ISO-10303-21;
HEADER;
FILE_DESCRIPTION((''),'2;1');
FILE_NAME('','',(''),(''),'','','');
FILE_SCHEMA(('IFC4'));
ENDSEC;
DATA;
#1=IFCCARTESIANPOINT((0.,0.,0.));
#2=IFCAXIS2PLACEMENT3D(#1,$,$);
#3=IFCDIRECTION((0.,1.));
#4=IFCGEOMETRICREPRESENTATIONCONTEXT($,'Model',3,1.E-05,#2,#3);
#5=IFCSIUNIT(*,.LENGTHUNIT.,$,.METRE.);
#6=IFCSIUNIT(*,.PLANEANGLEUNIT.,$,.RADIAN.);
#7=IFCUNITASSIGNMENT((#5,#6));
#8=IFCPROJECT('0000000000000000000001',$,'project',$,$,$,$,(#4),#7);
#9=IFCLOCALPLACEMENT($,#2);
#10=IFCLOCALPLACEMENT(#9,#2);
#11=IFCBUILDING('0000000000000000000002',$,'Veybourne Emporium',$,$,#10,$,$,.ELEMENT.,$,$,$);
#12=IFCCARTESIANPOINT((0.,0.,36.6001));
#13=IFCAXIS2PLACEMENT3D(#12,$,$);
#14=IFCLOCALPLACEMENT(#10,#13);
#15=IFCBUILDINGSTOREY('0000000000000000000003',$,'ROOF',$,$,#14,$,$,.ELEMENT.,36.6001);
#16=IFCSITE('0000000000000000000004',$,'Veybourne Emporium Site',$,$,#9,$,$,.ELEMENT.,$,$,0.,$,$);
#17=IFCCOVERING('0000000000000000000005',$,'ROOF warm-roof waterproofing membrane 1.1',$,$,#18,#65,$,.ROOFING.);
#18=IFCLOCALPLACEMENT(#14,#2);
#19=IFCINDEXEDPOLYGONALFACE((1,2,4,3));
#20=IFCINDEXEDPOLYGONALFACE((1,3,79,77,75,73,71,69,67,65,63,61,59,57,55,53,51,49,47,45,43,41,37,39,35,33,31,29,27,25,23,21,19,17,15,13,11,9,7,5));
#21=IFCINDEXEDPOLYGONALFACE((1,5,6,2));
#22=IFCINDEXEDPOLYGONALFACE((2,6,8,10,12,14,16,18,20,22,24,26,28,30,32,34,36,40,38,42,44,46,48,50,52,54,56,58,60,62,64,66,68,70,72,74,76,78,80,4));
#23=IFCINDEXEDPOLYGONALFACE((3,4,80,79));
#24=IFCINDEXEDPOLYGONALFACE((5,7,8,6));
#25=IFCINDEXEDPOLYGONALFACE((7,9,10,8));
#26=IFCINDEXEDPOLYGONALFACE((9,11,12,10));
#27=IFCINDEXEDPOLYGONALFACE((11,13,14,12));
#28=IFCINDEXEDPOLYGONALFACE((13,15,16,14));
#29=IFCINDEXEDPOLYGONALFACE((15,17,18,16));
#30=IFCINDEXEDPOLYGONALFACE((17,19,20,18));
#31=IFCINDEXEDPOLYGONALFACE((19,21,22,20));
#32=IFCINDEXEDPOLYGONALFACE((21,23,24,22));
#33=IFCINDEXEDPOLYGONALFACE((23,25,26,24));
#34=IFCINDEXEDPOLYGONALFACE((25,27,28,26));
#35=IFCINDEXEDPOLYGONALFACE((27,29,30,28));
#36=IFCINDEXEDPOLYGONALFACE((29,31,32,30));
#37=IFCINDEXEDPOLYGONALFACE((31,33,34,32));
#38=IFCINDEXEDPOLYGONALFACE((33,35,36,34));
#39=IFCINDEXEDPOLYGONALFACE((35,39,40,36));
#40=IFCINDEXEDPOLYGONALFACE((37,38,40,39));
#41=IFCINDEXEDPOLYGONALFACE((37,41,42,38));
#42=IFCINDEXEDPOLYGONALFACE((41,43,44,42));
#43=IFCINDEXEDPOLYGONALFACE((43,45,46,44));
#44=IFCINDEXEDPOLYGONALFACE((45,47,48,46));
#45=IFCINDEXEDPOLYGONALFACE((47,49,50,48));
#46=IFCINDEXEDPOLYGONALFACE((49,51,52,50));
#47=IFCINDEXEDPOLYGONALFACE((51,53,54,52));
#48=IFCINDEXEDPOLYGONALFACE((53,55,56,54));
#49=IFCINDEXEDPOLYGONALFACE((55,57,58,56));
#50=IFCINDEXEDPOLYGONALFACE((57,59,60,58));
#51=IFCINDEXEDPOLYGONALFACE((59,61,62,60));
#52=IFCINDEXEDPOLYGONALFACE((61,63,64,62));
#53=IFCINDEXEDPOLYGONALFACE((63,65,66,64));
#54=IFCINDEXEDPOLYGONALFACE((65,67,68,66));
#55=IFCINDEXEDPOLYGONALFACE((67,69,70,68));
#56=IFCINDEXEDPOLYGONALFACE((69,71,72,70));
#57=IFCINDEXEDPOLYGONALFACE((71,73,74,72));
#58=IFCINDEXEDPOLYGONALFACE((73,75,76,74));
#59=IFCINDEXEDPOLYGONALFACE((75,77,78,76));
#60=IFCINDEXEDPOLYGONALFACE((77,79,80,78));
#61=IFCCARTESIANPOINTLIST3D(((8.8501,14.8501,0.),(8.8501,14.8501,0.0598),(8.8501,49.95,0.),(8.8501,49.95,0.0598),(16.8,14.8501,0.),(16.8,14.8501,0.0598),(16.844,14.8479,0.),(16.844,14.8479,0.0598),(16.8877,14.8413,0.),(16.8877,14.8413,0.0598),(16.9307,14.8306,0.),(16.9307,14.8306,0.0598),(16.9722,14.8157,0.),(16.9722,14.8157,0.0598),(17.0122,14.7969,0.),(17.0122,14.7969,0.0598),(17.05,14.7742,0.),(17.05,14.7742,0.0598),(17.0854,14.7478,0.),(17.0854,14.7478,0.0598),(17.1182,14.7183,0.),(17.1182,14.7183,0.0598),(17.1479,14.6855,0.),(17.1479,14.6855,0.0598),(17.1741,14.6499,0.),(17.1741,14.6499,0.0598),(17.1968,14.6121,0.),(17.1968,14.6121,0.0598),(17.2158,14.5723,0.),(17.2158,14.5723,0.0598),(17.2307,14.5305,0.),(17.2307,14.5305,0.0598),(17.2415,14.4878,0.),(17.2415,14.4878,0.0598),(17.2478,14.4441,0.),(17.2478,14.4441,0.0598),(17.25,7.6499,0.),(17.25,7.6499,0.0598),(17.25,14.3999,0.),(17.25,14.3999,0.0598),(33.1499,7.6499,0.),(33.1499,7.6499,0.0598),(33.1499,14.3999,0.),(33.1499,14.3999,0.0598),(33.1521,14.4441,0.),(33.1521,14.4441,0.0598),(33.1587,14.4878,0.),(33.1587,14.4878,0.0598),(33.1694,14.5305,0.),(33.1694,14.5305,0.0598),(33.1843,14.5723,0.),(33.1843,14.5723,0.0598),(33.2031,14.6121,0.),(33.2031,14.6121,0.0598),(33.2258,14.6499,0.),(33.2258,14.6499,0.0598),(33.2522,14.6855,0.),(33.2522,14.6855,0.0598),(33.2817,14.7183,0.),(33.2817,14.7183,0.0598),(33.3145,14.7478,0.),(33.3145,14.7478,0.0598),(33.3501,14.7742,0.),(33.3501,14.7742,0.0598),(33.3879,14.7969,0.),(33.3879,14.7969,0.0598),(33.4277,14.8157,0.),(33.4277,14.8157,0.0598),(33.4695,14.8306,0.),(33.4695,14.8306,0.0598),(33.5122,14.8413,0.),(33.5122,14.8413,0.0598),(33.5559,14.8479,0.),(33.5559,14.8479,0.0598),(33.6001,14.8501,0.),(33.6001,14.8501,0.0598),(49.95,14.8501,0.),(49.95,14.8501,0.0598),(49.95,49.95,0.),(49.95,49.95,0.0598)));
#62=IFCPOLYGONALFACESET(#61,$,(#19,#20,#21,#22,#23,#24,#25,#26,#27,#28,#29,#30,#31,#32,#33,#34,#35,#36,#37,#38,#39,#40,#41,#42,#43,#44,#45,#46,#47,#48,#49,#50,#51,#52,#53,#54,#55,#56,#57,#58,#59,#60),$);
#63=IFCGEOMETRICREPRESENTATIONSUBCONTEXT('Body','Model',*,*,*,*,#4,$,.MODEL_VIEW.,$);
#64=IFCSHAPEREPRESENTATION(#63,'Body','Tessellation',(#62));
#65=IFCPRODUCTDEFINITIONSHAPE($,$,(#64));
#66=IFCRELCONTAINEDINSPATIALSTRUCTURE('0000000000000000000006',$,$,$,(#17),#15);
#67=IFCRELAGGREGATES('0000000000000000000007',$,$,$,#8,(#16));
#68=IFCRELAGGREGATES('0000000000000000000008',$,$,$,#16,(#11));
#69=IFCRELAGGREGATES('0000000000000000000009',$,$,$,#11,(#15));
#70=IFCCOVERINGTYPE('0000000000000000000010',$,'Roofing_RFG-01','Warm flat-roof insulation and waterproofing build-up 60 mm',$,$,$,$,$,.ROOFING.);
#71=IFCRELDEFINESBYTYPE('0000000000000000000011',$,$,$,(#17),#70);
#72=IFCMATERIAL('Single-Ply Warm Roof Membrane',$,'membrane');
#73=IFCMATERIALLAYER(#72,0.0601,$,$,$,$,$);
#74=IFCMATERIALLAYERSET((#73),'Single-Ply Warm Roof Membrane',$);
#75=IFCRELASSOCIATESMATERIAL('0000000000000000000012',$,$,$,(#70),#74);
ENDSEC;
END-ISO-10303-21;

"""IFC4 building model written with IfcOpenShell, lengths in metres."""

from ifc_helpers import new_model, si_unit, direction, frame, origin, place, context, subcontext, project, spatial, polyline, outline, extrude, material, layer, layer_set, type_object, element, save


model = new_model("IFC4")

# Units and contexts
model_context = context("Model", 3, precision=1e-05, world=origin(), true_north=direction((0.0, 1.0)))
body_context = subcontext(model_context, "Body", "Model", "MODEL_VIEW")
ifc_project = project(units=[si_unit("LENGTHUNIT", "METRE"), si_unit("PLANEANGLEUNIT", "RADIAN")], contexts=[model_context])

# Site, building, storey
site_placement = place(None, origin())
site = spatial("IfcSite", under=ifc_project, at=site_placement, Name="Veybourne Emporium Site", CompositionType="ELEMENT", RefElevation=0.0)
building_placement = place(site_placement, origin())
building = spatial("IfcBuilding", under=site, at=building_placement, Name="Veybourne Emporium", CompositionType="ELEMENT")
storey_placement = place(building_placement, frame((0.0, 0.0, 36.6001)))
storey = spatial("IfcBuildingStorey", under=building, at=storey_placement, Name="ROOF", CompositionType="ELEMENT", Elevation=36.6001)

# Covering
ifc_material_1 = material(Name="Single-Ply Warm Roof Membrane", Category="membrane")
ifc_layer_1 = layer(ifc_material_1, 0.0601)
ifc_layer_set_1 = layer_set([ifc_layer_1], Name="Single-Ply Warm Roof Membrane")
covering_type = type_object("IfcCoveringType", Name="Roofing_RFG-01", Description="Warm flat-roof insulation and waterproofing build-up 60 mm", PredefinedType="ROOFING", material=ifc_layer_set_1)
covering_placement = place(storey_placement, origin())
element("IfcCovering", 1, at=covering_placement, inside=storey, type_object=covering_type, Name="ROOF warm-roof waterproofing membrane 1.1", PredefinedType="ROOFING", context=body_context, shape_type="SweptSolid", body=[
    extrude(outline(polyline([(17.25, 7.6499), (17.25, 14.3999), (17.2478, 14.4441), (17.2415, 14.4878), (17.2307, 14.5305), (17.2158, 14.5723), (17.1968, 14.6121), (17.1741, 14.6499), (17.1479, 14.6855), (17.1182, 14.7183), (17.0854, 14.7478), (17.05, 14.7742), (17.0122, 14.7969), (16.9722, 14.8157), (16.9307, 14.8306), (16.8877, 14.8413), (16.844, 14.8479), (16.8, 14.8501), (8.8501, 14.8501), (8.8501, 49.95), (49.95, 49.95), (49.95, 14.8501), (33.6001, 14.8501), (33.5559, 14.8479), (33.5122, 14.8413), (33.4695, 14.8306), (33.4277, 14.8157), (33.3879, 14.7969), (33.3501, 14.7742), (33.3145, 14.7478), (33.2817, 14.7183), (33.2522, 14.6855), (33.2258, 14.6499), (33.2031, 14.6121), (33.1843, 14.5723), (33.1694, 14.5305), (33.1587, 14.4878), (33.1521, 14.4441), (33.1499, 14.3999), (33.1499, 7.6499), (17.25, 7.6499)])), origin(), (0.0, 0.0, 1.0), 0.0598),
])

save(model, "model.ifc")
